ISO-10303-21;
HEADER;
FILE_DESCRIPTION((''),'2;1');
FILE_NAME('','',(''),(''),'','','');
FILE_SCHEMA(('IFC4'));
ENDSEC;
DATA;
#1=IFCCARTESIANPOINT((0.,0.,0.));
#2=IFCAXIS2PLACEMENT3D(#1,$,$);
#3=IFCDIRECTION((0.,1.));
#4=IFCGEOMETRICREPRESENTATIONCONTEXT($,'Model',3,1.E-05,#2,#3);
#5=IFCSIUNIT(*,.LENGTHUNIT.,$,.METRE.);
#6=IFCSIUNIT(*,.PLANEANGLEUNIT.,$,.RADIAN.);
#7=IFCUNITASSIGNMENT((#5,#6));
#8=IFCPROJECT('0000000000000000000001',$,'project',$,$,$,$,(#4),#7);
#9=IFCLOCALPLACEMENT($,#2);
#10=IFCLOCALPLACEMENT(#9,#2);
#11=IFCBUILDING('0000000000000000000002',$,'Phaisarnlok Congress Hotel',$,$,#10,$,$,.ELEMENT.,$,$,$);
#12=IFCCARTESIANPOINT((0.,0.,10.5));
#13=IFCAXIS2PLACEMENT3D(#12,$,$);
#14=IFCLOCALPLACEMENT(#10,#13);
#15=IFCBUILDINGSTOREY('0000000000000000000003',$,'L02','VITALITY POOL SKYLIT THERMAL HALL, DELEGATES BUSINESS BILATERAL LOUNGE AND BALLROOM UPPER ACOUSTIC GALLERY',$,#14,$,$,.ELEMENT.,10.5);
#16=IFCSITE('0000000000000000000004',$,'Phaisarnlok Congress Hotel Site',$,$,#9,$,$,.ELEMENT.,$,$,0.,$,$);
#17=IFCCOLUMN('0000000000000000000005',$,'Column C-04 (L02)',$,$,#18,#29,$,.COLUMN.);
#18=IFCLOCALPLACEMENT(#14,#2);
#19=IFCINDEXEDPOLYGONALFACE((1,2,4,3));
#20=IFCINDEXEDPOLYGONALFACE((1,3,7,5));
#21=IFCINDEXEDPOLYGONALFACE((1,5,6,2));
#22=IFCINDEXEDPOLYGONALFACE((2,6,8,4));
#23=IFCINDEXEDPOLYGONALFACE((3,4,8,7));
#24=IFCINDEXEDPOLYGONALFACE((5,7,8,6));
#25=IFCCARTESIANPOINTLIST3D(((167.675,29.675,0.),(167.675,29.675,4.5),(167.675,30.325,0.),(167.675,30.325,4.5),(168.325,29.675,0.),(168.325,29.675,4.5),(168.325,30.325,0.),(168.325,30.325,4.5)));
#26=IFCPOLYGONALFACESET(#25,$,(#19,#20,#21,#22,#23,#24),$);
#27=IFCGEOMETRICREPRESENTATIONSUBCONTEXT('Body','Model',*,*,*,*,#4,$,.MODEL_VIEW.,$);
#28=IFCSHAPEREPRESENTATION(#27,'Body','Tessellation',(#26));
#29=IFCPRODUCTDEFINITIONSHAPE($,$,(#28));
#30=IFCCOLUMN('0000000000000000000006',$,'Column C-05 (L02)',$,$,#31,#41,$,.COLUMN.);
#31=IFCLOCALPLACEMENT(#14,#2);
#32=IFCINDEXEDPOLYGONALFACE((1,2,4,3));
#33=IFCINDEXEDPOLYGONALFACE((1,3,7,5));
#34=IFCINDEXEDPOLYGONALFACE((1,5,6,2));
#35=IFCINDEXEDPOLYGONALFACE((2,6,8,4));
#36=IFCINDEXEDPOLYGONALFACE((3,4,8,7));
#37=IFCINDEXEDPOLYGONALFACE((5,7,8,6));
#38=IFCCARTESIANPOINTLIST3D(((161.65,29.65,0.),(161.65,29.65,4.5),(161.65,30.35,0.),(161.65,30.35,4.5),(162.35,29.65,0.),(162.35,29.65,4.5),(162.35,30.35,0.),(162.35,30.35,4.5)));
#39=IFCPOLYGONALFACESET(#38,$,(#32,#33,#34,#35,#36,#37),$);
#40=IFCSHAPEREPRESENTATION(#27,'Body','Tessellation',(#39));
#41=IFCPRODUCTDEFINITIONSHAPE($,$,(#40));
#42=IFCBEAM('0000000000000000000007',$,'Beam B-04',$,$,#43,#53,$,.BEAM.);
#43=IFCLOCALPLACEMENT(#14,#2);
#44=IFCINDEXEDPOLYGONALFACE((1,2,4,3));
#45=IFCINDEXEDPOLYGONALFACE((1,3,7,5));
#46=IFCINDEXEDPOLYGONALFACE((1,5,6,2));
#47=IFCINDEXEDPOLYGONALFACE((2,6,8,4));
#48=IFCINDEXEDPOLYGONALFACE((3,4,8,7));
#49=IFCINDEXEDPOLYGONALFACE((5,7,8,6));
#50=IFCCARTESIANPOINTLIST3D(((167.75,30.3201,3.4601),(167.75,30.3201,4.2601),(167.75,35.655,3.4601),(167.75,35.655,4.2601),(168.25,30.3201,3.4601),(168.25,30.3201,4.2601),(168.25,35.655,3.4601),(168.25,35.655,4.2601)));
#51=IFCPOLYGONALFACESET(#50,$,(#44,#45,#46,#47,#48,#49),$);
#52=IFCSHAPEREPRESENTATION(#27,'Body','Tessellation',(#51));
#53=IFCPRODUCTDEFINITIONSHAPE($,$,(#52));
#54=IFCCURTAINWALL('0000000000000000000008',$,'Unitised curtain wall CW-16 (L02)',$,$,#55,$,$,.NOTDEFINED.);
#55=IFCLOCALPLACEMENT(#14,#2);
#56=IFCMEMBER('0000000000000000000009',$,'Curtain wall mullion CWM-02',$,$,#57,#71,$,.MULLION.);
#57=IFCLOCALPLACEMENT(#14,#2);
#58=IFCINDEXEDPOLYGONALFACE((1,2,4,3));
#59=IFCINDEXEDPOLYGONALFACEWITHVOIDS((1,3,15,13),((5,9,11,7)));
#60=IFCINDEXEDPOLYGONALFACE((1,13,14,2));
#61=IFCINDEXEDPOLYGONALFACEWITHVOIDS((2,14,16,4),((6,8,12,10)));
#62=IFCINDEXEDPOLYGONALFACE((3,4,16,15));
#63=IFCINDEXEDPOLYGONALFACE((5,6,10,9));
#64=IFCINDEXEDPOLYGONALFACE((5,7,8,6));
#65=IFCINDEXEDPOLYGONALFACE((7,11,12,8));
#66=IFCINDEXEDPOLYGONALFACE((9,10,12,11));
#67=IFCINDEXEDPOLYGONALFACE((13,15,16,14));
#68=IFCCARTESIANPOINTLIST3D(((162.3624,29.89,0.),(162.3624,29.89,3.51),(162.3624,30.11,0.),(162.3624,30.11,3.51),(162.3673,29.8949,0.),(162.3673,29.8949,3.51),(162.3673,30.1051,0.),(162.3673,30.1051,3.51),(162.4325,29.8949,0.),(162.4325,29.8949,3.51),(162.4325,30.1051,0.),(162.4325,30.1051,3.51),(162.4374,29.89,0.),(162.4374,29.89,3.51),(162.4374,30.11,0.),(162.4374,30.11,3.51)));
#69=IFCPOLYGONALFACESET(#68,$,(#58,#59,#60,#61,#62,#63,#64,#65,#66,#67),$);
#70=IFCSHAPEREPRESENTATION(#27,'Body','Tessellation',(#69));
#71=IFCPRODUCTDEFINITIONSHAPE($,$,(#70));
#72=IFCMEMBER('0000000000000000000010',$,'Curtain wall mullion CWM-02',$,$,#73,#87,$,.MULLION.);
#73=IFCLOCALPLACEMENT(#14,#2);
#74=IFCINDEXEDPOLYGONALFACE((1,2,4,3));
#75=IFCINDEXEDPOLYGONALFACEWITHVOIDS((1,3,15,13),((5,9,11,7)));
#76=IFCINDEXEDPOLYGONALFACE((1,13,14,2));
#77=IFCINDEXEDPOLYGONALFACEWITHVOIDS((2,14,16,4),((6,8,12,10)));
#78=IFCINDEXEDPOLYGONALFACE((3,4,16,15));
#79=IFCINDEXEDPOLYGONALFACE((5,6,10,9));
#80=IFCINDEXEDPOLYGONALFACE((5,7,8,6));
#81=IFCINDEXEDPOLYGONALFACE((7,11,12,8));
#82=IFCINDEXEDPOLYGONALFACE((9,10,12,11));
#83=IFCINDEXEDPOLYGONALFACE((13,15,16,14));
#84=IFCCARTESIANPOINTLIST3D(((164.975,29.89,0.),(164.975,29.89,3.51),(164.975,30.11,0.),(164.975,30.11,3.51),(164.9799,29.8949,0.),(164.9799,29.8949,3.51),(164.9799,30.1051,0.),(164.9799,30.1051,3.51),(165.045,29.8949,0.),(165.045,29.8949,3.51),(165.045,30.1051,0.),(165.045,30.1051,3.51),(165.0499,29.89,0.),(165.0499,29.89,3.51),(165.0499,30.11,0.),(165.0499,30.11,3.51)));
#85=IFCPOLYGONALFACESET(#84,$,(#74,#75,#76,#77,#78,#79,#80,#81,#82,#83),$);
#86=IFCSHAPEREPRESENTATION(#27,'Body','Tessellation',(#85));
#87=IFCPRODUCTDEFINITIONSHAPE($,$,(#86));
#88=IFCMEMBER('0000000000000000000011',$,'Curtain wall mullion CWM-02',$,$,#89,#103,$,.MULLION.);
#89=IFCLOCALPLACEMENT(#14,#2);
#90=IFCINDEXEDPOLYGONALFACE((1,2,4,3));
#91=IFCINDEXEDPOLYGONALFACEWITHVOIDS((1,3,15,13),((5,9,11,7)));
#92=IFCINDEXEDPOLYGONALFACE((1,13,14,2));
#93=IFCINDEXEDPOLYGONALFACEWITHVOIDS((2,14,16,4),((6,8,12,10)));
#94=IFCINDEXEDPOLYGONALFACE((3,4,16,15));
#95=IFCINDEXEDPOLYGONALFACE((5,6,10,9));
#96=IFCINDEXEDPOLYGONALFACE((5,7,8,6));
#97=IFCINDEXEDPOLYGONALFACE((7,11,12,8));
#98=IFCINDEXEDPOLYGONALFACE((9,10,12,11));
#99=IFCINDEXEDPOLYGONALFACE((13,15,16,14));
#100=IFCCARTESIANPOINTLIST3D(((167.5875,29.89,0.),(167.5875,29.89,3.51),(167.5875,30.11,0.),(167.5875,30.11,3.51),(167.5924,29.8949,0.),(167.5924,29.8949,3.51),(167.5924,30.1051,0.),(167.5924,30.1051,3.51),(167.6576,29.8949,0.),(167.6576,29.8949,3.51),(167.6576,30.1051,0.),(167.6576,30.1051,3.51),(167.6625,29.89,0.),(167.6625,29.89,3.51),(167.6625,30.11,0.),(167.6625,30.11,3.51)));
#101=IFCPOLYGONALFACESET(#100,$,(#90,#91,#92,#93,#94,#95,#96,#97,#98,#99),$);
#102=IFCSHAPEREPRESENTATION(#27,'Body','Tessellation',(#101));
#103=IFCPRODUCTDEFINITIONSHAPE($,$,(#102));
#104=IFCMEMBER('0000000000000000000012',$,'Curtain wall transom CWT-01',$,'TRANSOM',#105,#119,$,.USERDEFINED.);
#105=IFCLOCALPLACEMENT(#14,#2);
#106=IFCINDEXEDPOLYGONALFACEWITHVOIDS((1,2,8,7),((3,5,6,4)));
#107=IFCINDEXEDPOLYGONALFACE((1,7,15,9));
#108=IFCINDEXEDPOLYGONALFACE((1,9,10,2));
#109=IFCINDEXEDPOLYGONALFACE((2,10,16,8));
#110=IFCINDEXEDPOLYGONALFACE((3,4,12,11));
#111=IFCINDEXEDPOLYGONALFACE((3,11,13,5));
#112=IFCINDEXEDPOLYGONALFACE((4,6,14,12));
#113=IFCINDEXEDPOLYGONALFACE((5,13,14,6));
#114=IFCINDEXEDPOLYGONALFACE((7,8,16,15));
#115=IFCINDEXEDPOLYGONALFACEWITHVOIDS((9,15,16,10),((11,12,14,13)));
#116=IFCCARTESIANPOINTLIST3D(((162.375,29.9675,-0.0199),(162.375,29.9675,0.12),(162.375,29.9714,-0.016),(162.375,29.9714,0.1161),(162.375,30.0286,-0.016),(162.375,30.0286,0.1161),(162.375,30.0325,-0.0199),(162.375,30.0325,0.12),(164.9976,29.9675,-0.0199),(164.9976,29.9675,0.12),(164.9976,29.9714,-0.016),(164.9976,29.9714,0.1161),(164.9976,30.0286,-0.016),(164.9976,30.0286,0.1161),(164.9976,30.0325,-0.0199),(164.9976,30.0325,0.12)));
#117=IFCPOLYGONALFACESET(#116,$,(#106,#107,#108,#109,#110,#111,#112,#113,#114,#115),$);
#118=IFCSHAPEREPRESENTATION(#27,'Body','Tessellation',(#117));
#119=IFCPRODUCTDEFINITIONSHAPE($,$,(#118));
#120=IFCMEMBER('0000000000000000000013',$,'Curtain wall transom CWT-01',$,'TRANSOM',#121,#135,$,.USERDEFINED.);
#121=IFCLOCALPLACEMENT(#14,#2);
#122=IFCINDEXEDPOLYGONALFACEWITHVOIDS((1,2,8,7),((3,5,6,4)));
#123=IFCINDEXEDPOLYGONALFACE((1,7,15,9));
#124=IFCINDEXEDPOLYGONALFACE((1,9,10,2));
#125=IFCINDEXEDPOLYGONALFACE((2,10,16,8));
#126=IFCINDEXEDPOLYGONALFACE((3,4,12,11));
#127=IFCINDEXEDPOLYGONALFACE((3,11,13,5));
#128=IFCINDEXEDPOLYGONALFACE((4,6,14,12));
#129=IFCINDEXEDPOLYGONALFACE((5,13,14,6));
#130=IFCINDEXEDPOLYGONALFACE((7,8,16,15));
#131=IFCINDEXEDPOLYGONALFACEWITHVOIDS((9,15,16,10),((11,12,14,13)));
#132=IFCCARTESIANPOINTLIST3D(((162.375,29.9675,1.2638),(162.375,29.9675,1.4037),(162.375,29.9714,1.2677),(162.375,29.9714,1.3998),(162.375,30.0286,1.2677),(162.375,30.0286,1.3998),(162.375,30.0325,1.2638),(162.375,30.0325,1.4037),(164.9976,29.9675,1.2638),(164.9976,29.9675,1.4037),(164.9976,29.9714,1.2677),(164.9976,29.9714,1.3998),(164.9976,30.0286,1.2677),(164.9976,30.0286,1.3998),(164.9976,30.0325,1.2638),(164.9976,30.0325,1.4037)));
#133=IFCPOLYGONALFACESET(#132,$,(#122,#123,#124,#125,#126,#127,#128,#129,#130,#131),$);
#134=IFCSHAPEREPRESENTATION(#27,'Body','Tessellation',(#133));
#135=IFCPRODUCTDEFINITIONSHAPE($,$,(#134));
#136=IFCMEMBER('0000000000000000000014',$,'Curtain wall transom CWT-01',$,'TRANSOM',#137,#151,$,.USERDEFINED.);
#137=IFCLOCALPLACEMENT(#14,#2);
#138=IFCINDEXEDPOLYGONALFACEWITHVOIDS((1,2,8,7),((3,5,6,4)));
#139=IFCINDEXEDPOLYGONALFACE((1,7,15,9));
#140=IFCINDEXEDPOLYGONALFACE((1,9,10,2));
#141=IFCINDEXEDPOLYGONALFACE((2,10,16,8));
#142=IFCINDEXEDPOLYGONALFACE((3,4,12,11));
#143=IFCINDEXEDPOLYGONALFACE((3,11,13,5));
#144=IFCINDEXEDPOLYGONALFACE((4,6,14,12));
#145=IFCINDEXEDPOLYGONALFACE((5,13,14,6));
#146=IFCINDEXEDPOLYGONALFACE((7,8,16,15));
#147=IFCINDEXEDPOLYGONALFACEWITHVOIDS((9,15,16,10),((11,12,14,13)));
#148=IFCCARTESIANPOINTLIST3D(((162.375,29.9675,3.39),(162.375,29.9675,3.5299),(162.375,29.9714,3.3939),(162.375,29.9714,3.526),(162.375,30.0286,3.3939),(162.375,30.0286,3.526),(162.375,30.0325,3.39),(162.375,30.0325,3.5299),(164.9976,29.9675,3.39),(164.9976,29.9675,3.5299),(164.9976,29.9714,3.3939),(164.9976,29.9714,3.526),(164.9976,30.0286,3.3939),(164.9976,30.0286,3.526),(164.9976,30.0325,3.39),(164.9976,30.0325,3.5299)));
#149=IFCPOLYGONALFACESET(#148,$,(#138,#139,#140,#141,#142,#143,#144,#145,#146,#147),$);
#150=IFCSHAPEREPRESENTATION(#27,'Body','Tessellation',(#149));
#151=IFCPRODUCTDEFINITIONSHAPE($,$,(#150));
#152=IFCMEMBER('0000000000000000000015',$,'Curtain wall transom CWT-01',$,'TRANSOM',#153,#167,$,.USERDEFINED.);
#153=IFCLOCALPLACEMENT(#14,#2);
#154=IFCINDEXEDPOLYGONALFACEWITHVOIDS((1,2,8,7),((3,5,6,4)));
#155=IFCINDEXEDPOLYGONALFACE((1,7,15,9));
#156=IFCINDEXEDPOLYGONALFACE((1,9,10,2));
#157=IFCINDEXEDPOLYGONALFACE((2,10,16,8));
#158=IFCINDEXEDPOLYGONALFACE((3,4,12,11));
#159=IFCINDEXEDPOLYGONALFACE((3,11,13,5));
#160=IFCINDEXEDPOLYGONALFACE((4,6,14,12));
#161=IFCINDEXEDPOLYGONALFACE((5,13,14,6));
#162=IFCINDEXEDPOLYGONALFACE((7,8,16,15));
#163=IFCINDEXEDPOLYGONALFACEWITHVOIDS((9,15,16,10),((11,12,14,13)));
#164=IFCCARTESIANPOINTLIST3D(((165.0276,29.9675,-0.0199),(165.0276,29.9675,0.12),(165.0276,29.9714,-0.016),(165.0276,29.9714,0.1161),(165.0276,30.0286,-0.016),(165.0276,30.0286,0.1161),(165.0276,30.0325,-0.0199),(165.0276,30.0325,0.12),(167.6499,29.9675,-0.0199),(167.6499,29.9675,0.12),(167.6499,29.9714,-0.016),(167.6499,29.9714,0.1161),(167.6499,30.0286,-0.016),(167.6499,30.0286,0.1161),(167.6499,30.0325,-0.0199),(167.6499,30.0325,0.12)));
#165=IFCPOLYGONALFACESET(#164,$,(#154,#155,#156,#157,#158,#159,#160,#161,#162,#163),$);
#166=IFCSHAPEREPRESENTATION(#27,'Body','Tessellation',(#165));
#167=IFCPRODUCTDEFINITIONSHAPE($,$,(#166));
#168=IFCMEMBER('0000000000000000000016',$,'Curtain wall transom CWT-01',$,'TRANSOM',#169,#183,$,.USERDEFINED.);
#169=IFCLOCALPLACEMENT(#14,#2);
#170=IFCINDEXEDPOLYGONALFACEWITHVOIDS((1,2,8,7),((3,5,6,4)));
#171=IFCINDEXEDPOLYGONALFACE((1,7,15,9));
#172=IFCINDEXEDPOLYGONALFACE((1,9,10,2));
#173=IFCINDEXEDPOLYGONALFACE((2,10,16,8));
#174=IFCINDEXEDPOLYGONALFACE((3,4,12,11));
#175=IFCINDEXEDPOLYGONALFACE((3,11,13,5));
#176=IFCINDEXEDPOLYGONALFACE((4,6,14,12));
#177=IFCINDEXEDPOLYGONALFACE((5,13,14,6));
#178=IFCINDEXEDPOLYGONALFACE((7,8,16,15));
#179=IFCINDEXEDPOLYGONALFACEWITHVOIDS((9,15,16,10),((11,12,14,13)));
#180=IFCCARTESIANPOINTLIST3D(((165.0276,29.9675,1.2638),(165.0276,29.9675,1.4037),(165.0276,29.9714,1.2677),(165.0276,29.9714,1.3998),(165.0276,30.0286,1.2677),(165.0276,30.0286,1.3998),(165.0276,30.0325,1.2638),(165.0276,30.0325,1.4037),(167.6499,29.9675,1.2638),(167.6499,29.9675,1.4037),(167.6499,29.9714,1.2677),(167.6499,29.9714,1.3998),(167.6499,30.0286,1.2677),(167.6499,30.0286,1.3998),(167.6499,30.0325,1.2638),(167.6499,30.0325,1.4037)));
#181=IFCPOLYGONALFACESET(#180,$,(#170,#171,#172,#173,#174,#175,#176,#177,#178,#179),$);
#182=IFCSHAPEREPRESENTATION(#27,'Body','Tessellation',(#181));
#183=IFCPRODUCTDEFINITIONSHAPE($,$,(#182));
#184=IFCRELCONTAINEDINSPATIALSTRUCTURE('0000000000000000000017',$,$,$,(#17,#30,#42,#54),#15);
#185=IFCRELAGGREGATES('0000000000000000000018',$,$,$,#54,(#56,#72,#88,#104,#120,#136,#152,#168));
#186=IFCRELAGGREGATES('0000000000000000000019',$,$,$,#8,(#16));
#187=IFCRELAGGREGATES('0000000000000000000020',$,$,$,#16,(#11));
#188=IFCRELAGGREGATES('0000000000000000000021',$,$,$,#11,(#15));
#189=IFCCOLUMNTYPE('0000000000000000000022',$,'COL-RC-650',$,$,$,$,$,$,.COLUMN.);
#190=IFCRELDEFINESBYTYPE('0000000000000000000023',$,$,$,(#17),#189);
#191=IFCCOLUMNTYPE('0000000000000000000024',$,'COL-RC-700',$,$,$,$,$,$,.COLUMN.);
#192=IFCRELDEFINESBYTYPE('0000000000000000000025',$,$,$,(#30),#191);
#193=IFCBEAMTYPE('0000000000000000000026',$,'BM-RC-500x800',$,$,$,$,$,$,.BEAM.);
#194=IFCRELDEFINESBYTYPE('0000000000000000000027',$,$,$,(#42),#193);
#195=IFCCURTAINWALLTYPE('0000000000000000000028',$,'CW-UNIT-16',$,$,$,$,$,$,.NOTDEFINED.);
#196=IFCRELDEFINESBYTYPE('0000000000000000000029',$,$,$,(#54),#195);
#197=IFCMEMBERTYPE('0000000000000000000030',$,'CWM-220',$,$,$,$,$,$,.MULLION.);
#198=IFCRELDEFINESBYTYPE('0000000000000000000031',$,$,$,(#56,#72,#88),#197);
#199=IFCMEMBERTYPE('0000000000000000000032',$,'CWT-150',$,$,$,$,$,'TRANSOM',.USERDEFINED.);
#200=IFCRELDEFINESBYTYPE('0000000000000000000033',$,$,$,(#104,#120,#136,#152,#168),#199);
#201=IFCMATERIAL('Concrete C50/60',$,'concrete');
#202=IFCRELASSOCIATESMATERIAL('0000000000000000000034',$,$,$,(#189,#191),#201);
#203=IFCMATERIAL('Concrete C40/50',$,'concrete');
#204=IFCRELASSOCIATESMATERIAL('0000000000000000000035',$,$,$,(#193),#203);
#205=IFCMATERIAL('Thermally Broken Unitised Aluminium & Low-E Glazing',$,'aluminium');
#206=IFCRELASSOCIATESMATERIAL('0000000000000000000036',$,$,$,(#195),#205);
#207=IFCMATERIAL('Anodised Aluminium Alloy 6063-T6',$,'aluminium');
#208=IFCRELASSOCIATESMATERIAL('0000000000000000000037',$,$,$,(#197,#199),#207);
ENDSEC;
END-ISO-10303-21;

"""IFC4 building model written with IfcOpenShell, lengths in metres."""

from ifc_helpers import new_model, si_unit, direction, frame, origin, origin_2d, place, context, subcontext, project, spatial, rectangle, hollow_rectangle, extrude, material, material_profile, profile_set, type_object, element, aggregate, save


model = new_model("IFC4")

# Units and contexts
model_context = context("Model", 3, precision=1e-05, world=origin(), true_north=direction((0.0, 1.0)))
body_context = subcontext(model_context, "Body", "Model", "MODEL_VIEW")
ifc_project = project(units=[si_unit("LENGTHUNIT", "METRE"), si_unit("PLANEANGLEUNIT", "RADIAN")], contexts=[model_context])

# Site, building, storey
site_placement = place(None, origin())
site = spatial("IfcSite", under=ifc_project, at=site_placement, Name="Phaisarnlok Congress Hotel Site", CompositionType="ELEMENT", RefElevation=0.0)
building_placement = place(site_placement, origin())
building = spatial("IfcBuilding", under=site, at=building_placement, Name="Phaisarnlok Congress Hotel", CompositionType="ELEMENT")
storey_placement = place(building_placement, frame((0.0, 0.0, 10.5)))
storey = spatial("IfcBuildingStorey", under=building, at=storey_placement, Name="L02", Description="VITALITY POOL SKYLIT THERMAL HALL, DELEGATES BUSINESS BILATERAL LOUNGE AND BALLROOM UPPER ACOUSTIC GALLERY", CompositionType="ELEMENT", Elevation=10.5)

# Columns
ifc_material_1 = material(Name="Concrete C50/60", Category="concrete")
ifc_material_profile_1 = material_profile(ifc_material_1, rectangle(XDim=0.6499, YDim=0.6499, at=origin_2d()), Name="RC 650x650")
ifc_profile_set_1 = profile_set([ifc_material_profile_1], Name="Concrete C50/60")
column_type_1 = type_object("IfcColumnType", Name="COL-RC-650", PredefinedType="COLUMN", material=ifc_profile_set_1)
column_1_placement = place(storey_placement, frame((168.0, 30.0, 0.0), z_axis=(0.0, 0.0, 1.0), x_axis=(1.0, 0.0, 0.0)))
element("IfcColumn", 1, at=column_1_placement, inside=storey, type_object=column_type_1, Name="Column C-04 (L02)", PredefinedType="COLUMN", context=body_context, shape_type="SweptSolid", body=[
    extrude(rectangle(XDim=0.6499, YDim=0.6499, at=origin_2d()), origin(), (0.0, 0.0, 1.0), 4.5),
])
ifc_material_profile_2 = material_profile(ifc_material_1, rectangle(XDim=0.7, YDim=0.7, at=origin_2d()), Name="RC 700x700")
ifc_profile_set_2 = profile_set([ifc_material_profile_2], Name="Concrete C50/60")
column_type_2 = type_object("IfcColumnType", Name="COL-RC-700", PredefinedType="COLUMN", material=ifc_profile_set_2)
column_2_placement = place(storey_placement, frame((162.0, 30.0, 0.0), z_axis=(0.0, 0.0, 1.0), x_axis=(1.0, 0.0, 0.0)))
element("IfcColumn", 2, at=column_2_placement, inside=storey, type_object=column_type_2, Name="Column C-05 (L02)", PredefinedType="COLUMN", context=body_context, shape_type="SweptSolid", body=[
    extrude(rectangle(XDim=0.7, YDim=0.7, at=origin_2d()), origin(), (0.0, 0.0, 1.0), 4.5),
])

# Beam
ifc_material_2 = material(Name="Concrete C40/50", Category="concrete")
ifc_material_profile_3 = material_profile(ifc_material_2, rectangle(XDim=0.5, YDim=0.8, at=origin_2d()), Name="RC 500x800")
ifc_profile_set_3 = profile_set([ifc_material_profile_3], Name="Concrete C40/50")
beam_type_1 = type_object("IfcBeamType", Name="BM-RC-500x800", PredefinedType="BEAM", material=ifc_profile_set_3)
beam_placement = place(storey_placement, frame((168.0, 30.3201, 3.8601), z_axis=(0.0, 1.0, 0.0), x_axis=(-1.0, 0.0, 0.0)))
element("IfcBeam", 3, at=beam_placement, inside=storey, type_object=beam_type_1, Name="Beam B-04", PredefinedType="BEAM", context=body_context, shape_type="SweptSolid", body=[
    extrude(rectangle(XDim=0.5, YDim=0.8, at=origin_2d()), origin(), (0.0, 0.0, 1.0), 5.335),
])

# Curtain wall, members
ifc_material_3 = material(Name="Thermally Broken Unitised Aluminium & Low-E Glazing", Category="aluminium")
curtain_wall_type = type_object("IfcCurtainWallType", Name="CW-UNIT-16", PredefinedType="NOTDEFINED", material=ifc_material_3)
curtain_wall_placement = place(storey_placement, origin())
curtain_wall = element("IfcCurtainWall", 4, at=curtain_wall_placement, inside=storey, type_object=curtain_wall_type, Name="Unitised curtain wall CW-16 (L02)", PredefinedType="NOTDEFINED")
ifc_material_4 = material(Name="Anodised Aluminium Alloy 6063-T6", Category="aluminium")
ifc_material_profile_4 = material_profile(ifc_material_4, hollow_rectangle(XDim=0.075, YDim=0.22, WallThickness=0.0049, at=origin_2d()), Name="ALU-M 75x220x5")
ifc_profile_set_4 = profile_set([ifc_material_profile_4], Name="Anodised Aluminium Alloy 6063-T6")
member_type_1 = type_object("IfcMemberType", Name="CWM-220", PredefinedType="MULLION", material=ifc_profile_set_4)
member_1_placement = place(storey_placement, frame((162.3999, 30.0, 0.0), z_axis=(0.0, 0.0, 1.0), x_axis=(1.0, 0.0, 0.0)))
member_1 = element("IfcMember", 5, at=member_1_placement, type_object=member_type_1, Name="Curtain wall mullion CWM-02", PredefinedType="MULLION", context=body_context, shape_type="SweptSolid", body=[
    extrude(hollow_rectangle(XDim=0.075, YDim=0.22, WallThickness=0.0049, at=origin_2d()), origin(), (0.0, 0.0, 1.0), 3.51),
])
member_2_placement = place(storey_placement, frame((165.0125, 30.0, 0.0), z_axis=(0.0, 0.0, 1.0), x_axis=(1.0, 0.0, 0.0)))
member_2 = element("IfcMember", 6, at=member_2_placement, type_object=member_type_1, Name="Curtain wall mullion CWM-02", PredefinedType="MULLION", context=body_context, shape_type="SweptSolid", body=[
    extrude(hollow_rectangle(XDim=0.075, YDim=0.22, WallThickness=0.0049, at=origin_2d()), origin(), (0.0, 0.0, 1.0), 3.51),
])
member_3_placement = place(storey_placement, frame((167.625, 30.0, 0.0), z_axis=(0.0, 0.0, 1.0), x_axis=(1.0, 0.0, 0.0)))
member_3 = element("IfcMember", 7, at=member_3_placement, type_object=member_type_1, Name="Curtain wall mullion CWM-02", PredefinedType="MULLION", context=body_context, shape_type="SweptSolid", body=[
    extrude(hollow_rectangle(XDim=0.075, YDim=0.22, WallThickness=0.0049, at=origin_2d()), origin(), (0.0, 0.0, 1.0), 3.51),
])
ifc_material_profile_5 = material_profile(ifc_material_4, hollow_rectangle(XDim=0.0649, YDim=0.1399, WallThickness=0.0039, at=origin_2d()), Name="ALU-T 65x140x4")
ifc_profile_set_5 = profile_set([ifc_material_profile_5], Name="Anodised Aluminium Alloy 6063-T6")
member_type_2 = type_object("IfcMemberType", Name="CWT-150", ElementType="TRANSOM", PredefinedType="USERDEFINED", material=ifc_profile_set_5)
member_4_placement = place(storey_placement, frame((162.375, 30.0, 0.05), z_axis=(1.0, 0.0, 0.0), x_axis=(0.0, 1.0, 0.0)))
member_4 = element("IfcMember", 8, at=member_4_placement, type_object=member_type_2, Name="Curtain wall transom CWT-01", ObjectType="TRANSOM", PredefinedType="USERDEFINED", context=body_context, shape_type="SweptSolid", body=[
    extrude(hollow_rectangle(XDim=0.0649, YDim=0.1399, WallThickness=0.0039, at=origin_2d()), origin(), (0.0, 0.0, 1.0), 2.6226),
])
member_5_placement = place(storey_placement, frame((162.375, 30.0, 1.3337), z_axis=(1.0, 0.0, 0.0), x_axis=(0.0, 1.0, 0.0)))
member_5 = element("IfcMember", 9, at=member_5_placement, type_object=member_type_2, Name="Curtain wall transom CWT-01", ObjectType="TRANSOM", PredefinedType="USERDEFINED", context=body_context, shape_type="SweptSolid", body=[
    extrude(hollow_rectangle(XDim=0.0649, YDim=0.1399, WallThickness=0.0039, at=origin_2d()), origin(), (0.0, 0.0, 1.0), 2.6226),
])
member_6_placement = place(storey_placement, frame((162.375, 30.0, 3.46), z_axis=(1.0, 0.0, 0.0), x_axis=(0.0, 1.0, 0.0)))
member_6 = element("IfcMember", 10, at=member_6_placement, type_object=member_type_2, Name="Curtain wall transom CWT-01", ObjectType="TRANSOM", PredefinedType="USERDEFINED", context=body_context, shape_type="SweptSolid", body=[
    extrude(hollow_rectangle(XDim=0.0649, YDim=0.1399, WallThickness=0.0039, at=origin_2d()), origin(), (0.0, 0.0, 1.0), 2.6226),
])
member_7_placement = place(storey_placement, frame((165.0276, 30.0, 0.05), z_axis=(1.0, 0.0, 0.0), x_axis=(0.0, 1.0, 0.0)))
member_7 = element("IfcMember", 11, at=member_7_placement, type_object=member_type_2, Name="Curtain wall transom CWT-01", ObjectType="TRANSOM", PredefinedType="USERDEFINED", context=body_context, shape_type="SweptSolid", body=[
    extrude(hollow_rectangle(XDim=0.0649, YDim=0.1399, WallThickness=0.0039, at=origin_2d()), origin(), (0.0, 0.0, 1.0), 2.6223),
])
member_8_placement = place(storey_placement, frame((165.0276, 30.0, 1.3337), z_axis=(1.0, 0.0, 0.0), x_axis=(0.0, 1.0, 0.0)))
member_8 = element("IfcMember", 12, at=member_8_placement, type_object=member_type_2, Name="Curtain wall transom CWT-01", ObjectType="TRANSOM", PredefinedType="USERDEFINED", context=body_context, shape_type="SweptSolid", body=[
    extrude(hollow_rectangle(XDim=0.0649, YDim=0.1399, WallThickness=0.0039, at=origin_2d()), origin(), (0.0, 0.0, 1.0), 2.6223),
])

aggregate(curtain_wall, [member_1, member_2, member_3, member_4, member_5, member_6, member_7, member_8])

save(model, "model.ifc")
